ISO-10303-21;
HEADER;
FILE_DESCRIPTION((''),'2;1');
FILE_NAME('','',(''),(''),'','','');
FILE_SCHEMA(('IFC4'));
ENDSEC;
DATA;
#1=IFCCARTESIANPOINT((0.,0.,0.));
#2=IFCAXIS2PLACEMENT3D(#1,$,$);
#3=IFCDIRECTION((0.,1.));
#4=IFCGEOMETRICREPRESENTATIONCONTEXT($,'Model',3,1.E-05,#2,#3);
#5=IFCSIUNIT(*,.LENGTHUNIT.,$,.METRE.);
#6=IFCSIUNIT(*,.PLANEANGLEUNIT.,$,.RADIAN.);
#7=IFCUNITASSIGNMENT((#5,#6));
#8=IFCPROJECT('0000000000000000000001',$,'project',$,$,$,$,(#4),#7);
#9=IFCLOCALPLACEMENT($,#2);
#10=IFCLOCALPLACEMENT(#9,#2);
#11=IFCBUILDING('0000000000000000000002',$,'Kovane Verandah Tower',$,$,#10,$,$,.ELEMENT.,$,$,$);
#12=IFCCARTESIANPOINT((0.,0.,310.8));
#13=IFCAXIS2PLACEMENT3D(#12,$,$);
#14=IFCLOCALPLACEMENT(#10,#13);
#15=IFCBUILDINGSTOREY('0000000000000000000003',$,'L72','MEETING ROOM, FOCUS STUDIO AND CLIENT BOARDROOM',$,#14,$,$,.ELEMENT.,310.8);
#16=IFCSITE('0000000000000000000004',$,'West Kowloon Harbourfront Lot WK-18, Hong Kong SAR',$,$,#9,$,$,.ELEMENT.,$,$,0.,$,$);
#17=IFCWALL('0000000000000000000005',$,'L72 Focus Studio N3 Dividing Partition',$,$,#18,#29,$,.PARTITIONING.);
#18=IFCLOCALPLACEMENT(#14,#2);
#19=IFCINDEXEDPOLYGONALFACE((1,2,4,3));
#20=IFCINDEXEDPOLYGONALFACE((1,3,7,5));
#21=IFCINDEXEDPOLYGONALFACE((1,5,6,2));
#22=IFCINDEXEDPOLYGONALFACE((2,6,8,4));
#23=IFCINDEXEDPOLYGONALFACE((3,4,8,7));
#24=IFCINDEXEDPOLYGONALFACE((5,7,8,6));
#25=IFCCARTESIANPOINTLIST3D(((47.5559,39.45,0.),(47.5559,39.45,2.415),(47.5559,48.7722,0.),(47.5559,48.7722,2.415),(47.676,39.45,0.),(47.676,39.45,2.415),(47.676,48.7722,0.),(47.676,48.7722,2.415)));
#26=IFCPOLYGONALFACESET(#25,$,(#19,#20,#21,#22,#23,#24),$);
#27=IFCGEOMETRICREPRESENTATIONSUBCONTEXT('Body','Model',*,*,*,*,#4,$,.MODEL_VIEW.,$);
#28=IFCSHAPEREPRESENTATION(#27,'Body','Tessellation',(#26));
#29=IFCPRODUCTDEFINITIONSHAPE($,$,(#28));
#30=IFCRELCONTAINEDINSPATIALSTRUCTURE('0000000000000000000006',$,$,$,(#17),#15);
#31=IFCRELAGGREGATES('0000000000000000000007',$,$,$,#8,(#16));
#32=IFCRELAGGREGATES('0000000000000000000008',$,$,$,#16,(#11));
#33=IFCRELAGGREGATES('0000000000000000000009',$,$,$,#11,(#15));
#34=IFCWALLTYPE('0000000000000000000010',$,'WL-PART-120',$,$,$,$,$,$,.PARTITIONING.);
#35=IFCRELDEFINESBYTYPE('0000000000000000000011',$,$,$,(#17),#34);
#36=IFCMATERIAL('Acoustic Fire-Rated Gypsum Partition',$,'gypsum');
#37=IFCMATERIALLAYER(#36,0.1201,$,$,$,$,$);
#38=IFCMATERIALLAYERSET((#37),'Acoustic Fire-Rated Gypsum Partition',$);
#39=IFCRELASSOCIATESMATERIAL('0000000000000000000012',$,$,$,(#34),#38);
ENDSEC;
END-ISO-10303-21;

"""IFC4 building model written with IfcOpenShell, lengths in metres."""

from ifc_helpers import new_model, si_unit, direction, frame, frame_2d, origin, place, context, subcontext, project, spatial, rectangle, extrude, material, layer, layer_set, type_object, element, save


model = new_model("IFC4")

# Units and contexts
model_context = context("Model", 3, precision=1e-05, world=origin(), true_north=direction((0.0, 1.0)))
body_context = subcontext(model_context, "Body", "Model", "MODEL_VIEW")
ifc_project = project(units=[si_unit("LENGTHUNIT", "METRE"), si_unit("PLANEANGLEUNIT", "RADIAN")], contexts=[model_context])

# Site, building, storey
site_placement = place(None, origin())
site = spatial("IfcSite", under=ifc_project, at=site_placement, Name="West Kowloon Harbourfront Lot WK-18, Hong Kong SAR", CompositionType="ELEMENT", RefElevation=0.0)
building_placement = place(site_placement, origin())
building = spatial("IfcBuilding", under=site, at=building_placement, Name="Kovane Verandah Tower", CompositionType="ELEMENT")
storey_placement = place(building_placement, frame((0.0, 0.0, 310.8)))
storey = spatial("IfcBuildingStorey", under=building, at=storey_placement, Name="L72", Description="MEETING ROOM, FOCUS STUDIO AND CLIENT BOARDROOM", CompositionType="ELEMENT", Elevation=310.8)

# Wall
ifc_material_1 = material(Name="Acoustic Fire-Rated Gypsum Partition", Category="gypsum")
ifc_layer_1 = layer(ifc_material_1, 0.1201)
ifc_layer_set_1 = layer_set([ifc_layer_1], Name="Acoustic Fire-Rated Gypsum Partition")
wall_type_1 = type_object("IfcWallType", Name="WL-PART-120", PredefinedType="PARTITIONING", material=ifc_layer_set_1)
for number, where, z_axis, x_axis, name in (
    (1, (47.616, 39.45, 0.0), (0.0, 0.0, 1.0), (0.0, 1.0, 0.0), "L72 Focus Studio N3 Dividing Partition"),
):
    element("IfcWall", number, at=place(storey_placement, frame(where, z_axis=z_axis, x_axis=x_axis)), inside=storey, type_object=wall_type_1, Name=name, PredefinedType="PARTITIONING", context=body_context, shape_type="SweptSolid", body=[
        extrude(rectangle(XDim=9.3223, YDim=0.1201, at=frame_2d((4.6611, 0.0))), origin(), (0.0, 0.0, 1.0), 2.415),
    ])

save(model, "model.ifc")
